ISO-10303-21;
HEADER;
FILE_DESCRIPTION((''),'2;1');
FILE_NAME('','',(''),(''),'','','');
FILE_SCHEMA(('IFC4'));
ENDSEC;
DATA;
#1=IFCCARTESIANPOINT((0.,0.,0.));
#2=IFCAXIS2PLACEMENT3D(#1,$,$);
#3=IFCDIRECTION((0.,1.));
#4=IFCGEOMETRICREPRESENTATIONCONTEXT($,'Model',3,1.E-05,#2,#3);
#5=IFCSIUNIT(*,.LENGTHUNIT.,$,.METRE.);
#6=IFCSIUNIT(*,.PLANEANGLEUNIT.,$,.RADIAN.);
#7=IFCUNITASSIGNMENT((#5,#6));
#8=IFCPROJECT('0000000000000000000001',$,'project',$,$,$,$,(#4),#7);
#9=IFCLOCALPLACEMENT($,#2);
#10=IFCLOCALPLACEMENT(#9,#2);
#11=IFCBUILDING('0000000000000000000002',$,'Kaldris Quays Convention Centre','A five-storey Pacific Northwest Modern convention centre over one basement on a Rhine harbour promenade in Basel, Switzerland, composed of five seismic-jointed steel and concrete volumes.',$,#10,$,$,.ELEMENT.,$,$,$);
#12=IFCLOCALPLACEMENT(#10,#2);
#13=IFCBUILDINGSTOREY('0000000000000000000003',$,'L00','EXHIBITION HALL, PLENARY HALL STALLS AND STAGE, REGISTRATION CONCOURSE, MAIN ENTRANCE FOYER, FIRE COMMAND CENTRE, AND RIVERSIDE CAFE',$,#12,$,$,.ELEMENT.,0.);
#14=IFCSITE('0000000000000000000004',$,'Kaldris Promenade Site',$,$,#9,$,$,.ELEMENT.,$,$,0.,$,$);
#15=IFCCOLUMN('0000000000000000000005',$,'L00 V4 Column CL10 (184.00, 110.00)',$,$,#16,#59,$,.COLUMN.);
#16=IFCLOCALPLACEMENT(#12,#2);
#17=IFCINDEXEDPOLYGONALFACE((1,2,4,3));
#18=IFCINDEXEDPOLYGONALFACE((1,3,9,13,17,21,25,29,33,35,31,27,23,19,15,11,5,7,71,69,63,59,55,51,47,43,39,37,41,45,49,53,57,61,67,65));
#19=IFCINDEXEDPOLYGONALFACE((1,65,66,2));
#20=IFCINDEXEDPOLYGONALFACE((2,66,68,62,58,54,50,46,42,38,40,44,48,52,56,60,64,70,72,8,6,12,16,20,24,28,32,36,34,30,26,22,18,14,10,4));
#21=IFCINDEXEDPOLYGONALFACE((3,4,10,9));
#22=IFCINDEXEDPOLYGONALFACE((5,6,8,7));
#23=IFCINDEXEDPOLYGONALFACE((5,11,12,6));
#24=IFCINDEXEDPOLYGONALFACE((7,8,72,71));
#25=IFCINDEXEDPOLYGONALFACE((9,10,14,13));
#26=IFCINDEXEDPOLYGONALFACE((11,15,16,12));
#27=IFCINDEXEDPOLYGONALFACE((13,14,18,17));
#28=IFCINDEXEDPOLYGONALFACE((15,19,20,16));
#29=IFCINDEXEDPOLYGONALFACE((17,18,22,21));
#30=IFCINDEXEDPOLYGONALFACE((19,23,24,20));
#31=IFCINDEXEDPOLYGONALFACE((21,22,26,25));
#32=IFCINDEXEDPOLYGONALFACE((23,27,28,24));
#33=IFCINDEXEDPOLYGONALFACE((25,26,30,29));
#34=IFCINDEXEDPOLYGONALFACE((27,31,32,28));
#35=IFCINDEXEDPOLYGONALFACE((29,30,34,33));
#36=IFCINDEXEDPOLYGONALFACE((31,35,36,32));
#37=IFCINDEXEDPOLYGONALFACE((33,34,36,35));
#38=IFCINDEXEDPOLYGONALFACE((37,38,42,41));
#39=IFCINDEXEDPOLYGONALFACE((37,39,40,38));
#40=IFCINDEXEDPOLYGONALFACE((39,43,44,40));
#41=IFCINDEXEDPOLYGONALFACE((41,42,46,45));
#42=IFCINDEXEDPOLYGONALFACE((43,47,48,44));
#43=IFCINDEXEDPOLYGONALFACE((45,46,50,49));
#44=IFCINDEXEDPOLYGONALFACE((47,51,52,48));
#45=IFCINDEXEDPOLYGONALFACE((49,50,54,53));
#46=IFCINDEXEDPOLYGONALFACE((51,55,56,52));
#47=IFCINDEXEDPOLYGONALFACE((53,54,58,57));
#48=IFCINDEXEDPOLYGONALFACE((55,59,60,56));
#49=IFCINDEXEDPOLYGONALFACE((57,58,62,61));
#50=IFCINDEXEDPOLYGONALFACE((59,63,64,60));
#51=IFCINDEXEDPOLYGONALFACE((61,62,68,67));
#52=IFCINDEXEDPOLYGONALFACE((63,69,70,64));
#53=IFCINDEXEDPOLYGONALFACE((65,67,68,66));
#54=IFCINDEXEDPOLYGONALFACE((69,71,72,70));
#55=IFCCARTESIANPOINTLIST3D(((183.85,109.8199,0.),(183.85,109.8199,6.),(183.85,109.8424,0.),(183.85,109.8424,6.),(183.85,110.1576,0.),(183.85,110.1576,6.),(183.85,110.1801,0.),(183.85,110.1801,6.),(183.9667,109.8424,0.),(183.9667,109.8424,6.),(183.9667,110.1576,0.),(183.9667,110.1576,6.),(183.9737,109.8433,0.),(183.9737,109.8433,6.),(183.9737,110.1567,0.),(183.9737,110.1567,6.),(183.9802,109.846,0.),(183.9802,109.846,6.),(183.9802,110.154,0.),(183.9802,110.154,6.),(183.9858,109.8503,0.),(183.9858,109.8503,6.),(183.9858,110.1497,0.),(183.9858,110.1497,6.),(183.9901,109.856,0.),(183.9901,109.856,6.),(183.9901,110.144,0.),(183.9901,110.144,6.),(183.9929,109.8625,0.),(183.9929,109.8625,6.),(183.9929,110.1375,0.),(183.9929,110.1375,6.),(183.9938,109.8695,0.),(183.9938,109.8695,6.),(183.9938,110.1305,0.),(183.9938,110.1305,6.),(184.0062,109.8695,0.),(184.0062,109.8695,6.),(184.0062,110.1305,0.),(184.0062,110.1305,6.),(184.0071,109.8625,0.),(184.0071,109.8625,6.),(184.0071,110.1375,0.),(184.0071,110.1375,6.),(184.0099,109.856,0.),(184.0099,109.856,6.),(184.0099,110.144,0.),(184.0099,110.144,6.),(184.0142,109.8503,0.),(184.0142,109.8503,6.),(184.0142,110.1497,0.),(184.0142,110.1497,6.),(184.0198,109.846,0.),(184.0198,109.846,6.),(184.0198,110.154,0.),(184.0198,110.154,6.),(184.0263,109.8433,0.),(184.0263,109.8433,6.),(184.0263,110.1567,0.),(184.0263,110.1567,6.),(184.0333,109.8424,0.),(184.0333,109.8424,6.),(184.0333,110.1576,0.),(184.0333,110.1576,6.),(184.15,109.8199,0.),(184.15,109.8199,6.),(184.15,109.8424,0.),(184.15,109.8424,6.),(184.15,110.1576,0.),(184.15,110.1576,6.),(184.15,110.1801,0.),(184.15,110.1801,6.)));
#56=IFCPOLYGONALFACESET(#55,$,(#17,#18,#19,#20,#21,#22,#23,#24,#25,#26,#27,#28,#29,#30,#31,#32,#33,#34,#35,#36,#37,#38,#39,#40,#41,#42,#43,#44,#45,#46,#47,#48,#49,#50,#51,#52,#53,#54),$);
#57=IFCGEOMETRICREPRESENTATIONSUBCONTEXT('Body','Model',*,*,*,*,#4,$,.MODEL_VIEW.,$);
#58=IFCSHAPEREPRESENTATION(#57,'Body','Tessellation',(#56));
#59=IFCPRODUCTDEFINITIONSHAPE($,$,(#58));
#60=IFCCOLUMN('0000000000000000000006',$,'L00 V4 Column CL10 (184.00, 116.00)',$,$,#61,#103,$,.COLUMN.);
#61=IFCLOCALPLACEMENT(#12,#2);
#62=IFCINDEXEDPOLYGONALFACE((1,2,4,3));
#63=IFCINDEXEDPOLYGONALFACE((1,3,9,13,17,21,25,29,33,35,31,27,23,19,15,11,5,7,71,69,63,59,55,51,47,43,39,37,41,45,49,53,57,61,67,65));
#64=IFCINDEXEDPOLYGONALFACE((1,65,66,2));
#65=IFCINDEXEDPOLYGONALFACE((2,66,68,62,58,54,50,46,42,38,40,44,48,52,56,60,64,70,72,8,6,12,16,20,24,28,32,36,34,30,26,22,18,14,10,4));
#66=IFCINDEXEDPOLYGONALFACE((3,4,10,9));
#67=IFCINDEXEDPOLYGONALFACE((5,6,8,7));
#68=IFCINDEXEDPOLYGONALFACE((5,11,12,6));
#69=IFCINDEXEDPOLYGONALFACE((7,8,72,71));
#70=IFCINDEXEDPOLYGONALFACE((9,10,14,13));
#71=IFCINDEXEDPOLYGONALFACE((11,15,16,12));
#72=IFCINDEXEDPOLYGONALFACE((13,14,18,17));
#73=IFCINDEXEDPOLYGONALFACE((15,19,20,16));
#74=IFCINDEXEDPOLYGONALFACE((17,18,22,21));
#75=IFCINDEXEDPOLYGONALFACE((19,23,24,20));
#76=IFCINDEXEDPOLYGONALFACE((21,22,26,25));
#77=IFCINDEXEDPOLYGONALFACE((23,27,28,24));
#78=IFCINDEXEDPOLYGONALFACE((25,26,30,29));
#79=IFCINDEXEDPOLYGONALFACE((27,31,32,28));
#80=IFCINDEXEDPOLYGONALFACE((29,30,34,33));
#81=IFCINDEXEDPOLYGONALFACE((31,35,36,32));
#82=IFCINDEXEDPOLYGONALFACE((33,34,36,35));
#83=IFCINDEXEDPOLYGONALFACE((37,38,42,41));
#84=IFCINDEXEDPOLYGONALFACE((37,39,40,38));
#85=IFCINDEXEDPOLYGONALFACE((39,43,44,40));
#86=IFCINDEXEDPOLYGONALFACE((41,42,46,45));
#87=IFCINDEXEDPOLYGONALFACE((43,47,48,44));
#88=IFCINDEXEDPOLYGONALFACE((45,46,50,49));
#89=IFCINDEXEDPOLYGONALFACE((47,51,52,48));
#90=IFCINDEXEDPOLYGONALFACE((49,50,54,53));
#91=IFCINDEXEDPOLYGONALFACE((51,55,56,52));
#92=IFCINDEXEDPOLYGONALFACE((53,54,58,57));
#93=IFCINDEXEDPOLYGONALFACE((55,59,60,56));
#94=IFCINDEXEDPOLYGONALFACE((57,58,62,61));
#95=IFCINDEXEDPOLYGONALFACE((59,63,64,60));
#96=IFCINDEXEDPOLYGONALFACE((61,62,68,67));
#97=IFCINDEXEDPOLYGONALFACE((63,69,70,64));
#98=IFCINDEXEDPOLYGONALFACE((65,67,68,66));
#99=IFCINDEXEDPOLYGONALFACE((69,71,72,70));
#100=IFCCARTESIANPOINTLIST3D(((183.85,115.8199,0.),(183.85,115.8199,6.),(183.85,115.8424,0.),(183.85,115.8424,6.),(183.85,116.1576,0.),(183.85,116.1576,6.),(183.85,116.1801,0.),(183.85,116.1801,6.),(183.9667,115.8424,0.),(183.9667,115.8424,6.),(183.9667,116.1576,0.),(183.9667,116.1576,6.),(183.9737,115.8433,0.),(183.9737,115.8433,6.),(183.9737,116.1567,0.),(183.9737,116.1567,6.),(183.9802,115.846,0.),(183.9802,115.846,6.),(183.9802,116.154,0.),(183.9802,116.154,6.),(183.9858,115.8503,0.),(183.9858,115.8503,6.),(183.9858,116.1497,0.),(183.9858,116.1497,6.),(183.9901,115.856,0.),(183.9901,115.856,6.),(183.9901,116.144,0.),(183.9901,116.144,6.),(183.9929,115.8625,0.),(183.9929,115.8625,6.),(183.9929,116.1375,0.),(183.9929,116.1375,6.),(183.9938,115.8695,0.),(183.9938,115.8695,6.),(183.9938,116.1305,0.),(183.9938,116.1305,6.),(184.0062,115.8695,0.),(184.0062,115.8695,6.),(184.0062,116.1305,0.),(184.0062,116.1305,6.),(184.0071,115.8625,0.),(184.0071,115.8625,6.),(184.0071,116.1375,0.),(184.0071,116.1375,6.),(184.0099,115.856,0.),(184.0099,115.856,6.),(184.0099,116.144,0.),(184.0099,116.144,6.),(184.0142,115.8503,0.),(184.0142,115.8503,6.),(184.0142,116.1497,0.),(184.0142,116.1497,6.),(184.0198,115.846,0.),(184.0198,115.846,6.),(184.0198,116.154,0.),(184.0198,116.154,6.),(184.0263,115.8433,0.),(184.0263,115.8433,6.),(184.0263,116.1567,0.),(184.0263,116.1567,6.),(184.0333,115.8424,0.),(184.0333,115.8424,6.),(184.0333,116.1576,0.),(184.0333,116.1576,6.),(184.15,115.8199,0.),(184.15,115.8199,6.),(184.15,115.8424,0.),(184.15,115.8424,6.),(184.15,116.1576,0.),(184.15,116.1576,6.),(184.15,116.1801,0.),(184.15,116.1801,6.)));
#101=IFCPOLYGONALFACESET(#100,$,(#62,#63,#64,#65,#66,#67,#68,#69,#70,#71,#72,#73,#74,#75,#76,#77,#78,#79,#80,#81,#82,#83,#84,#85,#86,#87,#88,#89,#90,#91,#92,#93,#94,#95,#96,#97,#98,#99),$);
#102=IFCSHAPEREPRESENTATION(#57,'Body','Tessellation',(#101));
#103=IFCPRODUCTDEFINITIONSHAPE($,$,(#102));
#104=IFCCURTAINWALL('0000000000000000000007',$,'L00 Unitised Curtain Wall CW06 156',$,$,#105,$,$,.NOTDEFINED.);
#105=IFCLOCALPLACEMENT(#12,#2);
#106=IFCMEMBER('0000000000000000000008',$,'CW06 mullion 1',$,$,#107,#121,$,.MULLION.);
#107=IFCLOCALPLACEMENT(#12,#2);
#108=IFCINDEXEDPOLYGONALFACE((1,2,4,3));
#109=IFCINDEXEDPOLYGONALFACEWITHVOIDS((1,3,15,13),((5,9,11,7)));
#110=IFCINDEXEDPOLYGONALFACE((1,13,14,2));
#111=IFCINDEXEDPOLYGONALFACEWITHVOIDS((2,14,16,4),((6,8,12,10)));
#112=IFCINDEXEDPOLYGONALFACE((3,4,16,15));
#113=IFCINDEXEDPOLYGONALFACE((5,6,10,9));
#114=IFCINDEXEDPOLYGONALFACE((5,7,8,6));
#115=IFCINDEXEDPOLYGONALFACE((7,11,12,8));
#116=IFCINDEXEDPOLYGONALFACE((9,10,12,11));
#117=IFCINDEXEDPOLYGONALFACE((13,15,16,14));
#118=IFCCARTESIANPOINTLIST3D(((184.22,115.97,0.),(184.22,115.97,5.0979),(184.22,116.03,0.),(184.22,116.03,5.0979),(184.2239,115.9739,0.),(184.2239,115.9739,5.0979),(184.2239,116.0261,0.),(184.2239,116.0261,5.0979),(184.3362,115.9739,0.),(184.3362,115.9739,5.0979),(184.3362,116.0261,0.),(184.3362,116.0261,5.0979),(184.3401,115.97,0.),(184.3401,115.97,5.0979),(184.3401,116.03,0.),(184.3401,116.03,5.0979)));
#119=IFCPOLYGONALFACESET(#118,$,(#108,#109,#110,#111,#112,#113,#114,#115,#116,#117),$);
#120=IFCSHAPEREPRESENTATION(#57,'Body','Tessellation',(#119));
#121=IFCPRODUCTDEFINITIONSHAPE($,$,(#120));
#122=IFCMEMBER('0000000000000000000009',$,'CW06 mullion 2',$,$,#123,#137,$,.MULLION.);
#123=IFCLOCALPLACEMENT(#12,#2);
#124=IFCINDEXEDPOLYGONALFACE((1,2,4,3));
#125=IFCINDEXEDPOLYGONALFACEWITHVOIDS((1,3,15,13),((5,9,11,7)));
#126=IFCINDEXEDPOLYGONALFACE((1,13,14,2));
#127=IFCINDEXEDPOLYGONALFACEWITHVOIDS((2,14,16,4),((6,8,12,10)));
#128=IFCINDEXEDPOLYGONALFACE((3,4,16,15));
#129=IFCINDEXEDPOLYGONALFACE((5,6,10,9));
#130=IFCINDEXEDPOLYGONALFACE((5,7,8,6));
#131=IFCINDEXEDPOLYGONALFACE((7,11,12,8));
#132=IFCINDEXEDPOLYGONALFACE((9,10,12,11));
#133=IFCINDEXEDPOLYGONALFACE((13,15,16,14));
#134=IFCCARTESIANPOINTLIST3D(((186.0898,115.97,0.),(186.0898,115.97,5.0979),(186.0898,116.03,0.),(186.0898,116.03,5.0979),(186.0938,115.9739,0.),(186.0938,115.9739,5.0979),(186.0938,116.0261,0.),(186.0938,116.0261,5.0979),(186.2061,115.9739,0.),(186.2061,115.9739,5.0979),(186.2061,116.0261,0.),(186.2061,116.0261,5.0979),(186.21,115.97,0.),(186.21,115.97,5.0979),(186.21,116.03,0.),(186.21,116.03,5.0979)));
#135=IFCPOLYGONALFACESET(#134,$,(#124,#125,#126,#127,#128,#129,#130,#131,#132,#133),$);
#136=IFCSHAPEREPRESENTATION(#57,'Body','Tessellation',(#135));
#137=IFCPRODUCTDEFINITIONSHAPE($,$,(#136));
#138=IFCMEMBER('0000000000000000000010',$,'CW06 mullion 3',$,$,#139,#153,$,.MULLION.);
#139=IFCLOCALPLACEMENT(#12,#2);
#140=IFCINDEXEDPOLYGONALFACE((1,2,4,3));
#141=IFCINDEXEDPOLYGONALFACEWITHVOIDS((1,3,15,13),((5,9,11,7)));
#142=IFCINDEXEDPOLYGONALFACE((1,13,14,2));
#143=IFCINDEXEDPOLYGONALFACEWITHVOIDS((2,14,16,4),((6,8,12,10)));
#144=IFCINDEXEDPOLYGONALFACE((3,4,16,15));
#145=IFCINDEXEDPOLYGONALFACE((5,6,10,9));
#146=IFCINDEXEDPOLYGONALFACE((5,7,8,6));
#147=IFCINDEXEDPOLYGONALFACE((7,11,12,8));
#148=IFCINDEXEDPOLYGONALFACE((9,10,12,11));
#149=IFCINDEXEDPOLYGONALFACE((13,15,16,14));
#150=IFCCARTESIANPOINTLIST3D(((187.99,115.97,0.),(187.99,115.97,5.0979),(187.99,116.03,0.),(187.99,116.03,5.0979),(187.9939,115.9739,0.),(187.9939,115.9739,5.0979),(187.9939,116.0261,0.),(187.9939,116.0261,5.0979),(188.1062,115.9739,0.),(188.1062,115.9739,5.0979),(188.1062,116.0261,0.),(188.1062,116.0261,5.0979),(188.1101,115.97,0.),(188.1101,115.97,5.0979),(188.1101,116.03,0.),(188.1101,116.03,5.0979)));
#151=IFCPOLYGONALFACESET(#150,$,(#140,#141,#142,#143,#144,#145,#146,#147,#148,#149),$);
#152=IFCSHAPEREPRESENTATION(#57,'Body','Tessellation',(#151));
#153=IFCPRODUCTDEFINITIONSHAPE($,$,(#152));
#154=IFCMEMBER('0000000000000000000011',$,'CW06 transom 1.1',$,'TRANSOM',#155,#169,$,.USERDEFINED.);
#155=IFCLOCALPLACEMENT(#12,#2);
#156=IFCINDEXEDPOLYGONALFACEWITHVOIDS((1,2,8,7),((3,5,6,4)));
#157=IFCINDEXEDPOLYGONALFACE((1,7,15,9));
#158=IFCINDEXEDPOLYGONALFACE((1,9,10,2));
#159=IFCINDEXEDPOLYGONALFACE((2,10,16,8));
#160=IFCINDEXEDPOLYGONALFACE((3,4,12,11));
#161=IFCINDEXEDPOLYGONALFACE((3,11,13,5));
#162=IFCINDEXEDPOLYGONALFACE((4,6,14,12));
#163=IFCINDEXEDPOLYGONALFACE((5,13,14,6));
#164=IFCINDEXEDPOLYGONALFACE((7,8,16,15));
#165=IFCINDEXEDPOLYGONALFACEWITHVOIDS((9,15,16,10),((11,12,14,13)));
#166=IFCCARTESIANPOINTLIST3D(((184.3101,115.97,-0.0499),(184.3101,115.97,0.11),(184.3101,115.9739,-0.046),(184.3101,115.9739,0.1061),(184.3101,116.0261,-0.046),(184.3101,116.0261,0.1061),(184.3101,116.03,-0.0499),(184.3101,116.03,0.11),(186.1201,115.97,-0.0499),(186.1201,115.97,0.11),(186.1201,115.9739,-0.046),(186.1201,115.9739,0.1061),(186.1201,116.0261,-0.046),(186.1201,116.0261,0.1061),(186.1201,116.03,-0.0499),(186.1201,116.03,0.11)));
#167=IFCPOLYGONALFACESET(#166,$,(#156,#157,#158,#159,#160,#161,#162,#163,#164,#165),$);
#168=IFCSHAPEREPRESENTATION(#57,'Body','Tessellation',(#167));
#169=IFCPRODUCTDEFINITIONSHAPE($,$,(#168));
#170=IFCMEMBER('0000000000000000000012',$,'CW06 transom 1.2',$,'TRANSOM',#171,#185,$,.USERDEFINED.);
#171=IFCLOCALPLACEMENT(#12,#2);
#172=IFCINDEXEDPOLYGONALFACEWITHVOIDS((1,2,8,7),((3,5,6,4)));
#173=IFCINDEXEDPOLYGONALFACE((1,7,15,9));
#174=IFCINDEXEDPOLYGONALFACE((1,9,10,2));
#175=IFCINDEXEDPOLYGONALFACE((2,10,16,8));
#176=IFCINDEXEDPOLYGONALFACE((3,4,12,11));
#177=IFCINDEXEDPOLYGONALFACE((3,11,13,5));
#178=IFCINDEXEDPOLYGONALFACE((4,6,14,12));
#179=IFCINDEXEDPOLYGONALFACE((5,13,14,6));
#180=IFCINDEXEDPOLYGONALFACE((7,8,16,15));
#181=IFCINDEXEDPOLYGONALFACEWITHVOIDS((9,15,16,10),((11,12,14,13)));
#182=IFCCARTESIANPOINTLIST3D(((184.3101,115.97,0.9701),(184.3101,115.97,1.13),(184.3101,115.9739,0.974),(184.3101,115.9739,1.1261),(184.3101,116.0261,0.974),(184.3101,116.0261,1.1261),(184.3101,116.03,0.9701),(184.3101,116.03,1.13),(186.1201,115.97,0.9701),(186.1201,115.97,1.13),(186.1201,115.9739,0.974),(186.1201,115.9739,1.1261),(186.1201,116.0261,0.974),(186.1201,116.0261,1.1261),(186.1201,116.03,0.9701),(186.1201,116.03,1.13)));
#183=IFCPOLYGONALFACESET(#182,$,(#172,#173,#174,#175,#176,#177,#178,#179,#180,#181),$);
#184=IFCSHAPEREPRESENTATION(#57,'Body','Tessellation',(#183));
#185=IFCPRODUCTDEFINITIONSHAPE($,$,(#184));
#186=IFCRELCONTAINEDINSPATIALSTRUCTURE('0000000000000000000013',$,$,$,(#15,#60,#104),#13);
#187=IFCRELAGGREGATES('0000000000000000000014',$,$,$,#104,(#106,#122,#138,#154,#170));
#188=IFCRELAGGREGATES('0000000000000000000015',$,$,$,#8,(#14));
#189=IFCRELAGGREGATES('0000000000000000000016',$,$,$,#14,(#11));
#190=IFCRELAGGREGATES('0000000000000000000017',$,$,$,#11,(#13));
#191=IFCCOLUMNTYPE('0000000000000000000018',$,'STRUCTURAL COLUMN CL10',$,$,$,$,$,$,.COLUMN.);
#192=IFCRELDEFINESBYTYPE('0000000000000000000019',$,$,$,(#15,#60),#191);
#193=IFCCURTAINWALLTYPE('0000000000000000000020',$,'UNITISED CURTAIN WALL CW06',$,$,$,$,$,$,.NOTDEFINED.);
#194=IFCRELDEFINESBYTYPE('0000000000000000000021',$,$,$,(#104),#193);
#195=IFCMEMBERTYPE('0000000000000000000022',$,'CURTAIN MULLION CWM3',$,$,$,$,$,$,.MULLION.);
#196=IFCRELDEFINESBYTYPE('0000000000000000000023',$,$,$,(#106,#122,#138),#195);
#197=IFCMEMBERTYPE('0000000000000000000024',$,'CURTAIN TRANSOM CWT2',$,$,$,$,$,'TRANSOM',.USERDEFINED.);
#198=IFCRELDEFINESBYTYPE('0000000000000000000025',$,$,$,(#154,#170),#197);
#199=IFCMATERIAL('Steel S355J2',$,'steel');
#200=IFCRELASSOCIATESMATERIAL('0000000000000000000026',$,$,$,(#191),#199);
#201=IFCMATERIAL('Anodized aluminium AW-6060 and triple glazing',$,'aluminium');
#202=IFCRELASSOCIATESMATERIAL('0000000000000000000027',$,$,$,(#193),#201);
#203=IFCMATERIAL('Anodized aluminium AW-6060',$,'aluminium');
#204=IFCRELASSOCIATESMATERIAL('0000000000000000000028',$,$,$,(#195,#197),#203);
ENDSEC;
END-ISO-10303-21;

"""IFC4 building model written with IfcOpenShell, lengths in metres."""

from ifc_helpers import new_model, si_unit, direction, frame, origin, origin_2d, place, context, subcontext, project, spatial, hollow_rectangle, i_section, extrude, material, material_profile, profile_set, type_object, element, aggregate, save


model = new_model("IFC4")

# Units and contexts
model_context = context("Model", 3, precision=1e-05, world=origin(), true_north=direction((0.0, 1.0)))
body_context = subcontext(model_context, "Body", "Model", "MODEL_VIEW")
ifc_project = project(units=[si_unit("LENGTHUNIT", "METRE"), si_unit("PLANEANGLEUNIT", "RADIAN")], contexts=[model_context])

# Site, building, storey
site_placement = place(None, origin())
site = spatial("IfcSite", under=ifc_project, at=site_placement, Name="Kaldris Promenade Site", CompositionType="ELEMENT", RefElevation=0.0)
building_placement = place(site_placement, origin())
building = spatial("IfcBuilding", under=site, at=building_placement, Name="Kaldris Quays Convention Centre", Description="A five-storey Pacific Northwest Modern convention centre over one basement on a Rhine harbour promenade in Basel, Switzerland, composed of five seismic-jointed steel and concrete volumes.", CompositionType="ELEMENT")
storey_placement = place(building_placement, origin())
storey = spatial("IfcBuildingStorey", under=building, at=storey_placement, Name="L00", Description="EXHIBITION HALL, PLENARY HALL STALLS AND STAGE, REGISTRATION CONCOURSE, MAIN ENTRANCE FOYER, FIRE COMMAND CENTRE, AND RIVERSIDE CAFE", CompositionType="ELEMENT", Elevation=0.0)

# Columns
ifc_material_1 = material(Name="Steel S355J2", Category="steel")
ifc_material_profile_1 = material_profile(ifc_material_1, i_section(OverallWidth=0.3, OverallDepth=0.3601, WebThickness=0.0125, FlangeThickness=0.0225, FilletRadius=0.0271, at=origin_2d()), Name="HEB 360")
ifc_profile_set_1 = profile_set([ifc_material_profile_1], Name="Steel S355J2")
column_type = type_object("IfcColumnType", Name="STRUCTURAL COLUMN CL10", PredefinedType="COLUMN", material=ifc_profile_set_1)
for number, where, z_axis, x_axis, name in (
    (1, (184.0, 110.0, 0.0), (0.0, 0.0, 1.0), (1.0, 0.0, 0.0), "L00 V4 Column CL10 (184.00, 110.00)"),
    (2, (184.0, 116.0, 0.0), (0.0, 0.0, 1.0), (1.0, 0.0, 0.0), "L00 V4 Column CL10 (184.00, 116.00)"),
):
    element("IfcColumn", number, at=place(storey_placement, frame(where, z_axis=z_axis, x_axis=x_axis)), inside=storey, type_object=column_type, Name=name, PredefinedType="COLUMN", context=body_context, shape_type="SweptSolid", body=[
        extrude(i_section(OverallWidth=0.3, OverallDepth=0.3601, WebThickness=0.0125, FlangeThickness=0.0225, FilletRadius=0.0271, at=origin_2d()), origin(), (0.0, 0.0, 1.0), 6.0),
    ])

# Curtain wall, members
ifc_material_2 = material(Name="Anodized aluminium AW-6060 and triple glazing", Category="aluminium")
curtain_wall_type = type_object("IfcCurtainWallType", Name="UNITISED CURTAIN WALL CW06", PredefinedType="NOTDEFINED", material=ifc_material_2)
curtain_wall_1_placement = place(storey_placement, origin())
curtain_wall_1 = element("IfcCurtainWall", 3, at=curtain_wall_1_placement, inside=storey, type_object=curtain_wall_type, Name="L00 Unitised Curtain Wall CW06 156", PredefinedType="NOTDEFINED")
ifc_material_3 = material(Name="Anodized aluminium AW-6060", Category="aluminium")
ifc_material_profile_2 = material_profile(ifc_material_3, hollow_rectangle(XDim=0.0601, YDim=0.1201, WallThickness=0.0039, at=origin_2d()), Name="RHS 120x60x4")
ifc_profile_set_2 = profile_set([ifc_material_profile_2], Name="Anodized aluminium AW-6060")
member_type_1 = type_object("IfcMemberType", Name="CURTAIN MULLION CWM3", PredefinedType="MULLION", material=ifc_profile_set_2)
member_1_placement = place(storey_placement, frame((184.28, 116.0, 0.0), z_axis=(0.0, 0.0, 1.0), x_axis=(0.0, 1.0, 0.0)))
member_1 = element("IfcMember", 4, at=member_1_placement, type_object=member_type_1, Name="CW06 mullion 1", PredefinedType="MULLION", context=body_context, shape_type="SweptSolid", body=[
    extrude(hollow_rectangle(XDim=0.0601, YDim=0.1201, WallThickness=0.0039, at=origin_2d()), origin(), (0.0, 0.0, 1.0), 5.0979),
])
member_2_placement = place(storey_placement, frame((186.1499, 116.0, 0.0), z_axis=(0.0, 0.0, 1.0), x_axis=(0.0, 1.0, 0.0)))
member_2 = element("IfcMember", 5, at=member_2_placement, type_object=member_type_1, Name="CW06 mullion 2", PredefinedType="MULLION", context=body_context, shape_type="SweptSolid", body=[
    extrude(hollow_rectangle(XDim=0.0601, YDim=0.1201, WallThickness=0.0039, at=origin_2d()), origin(), (0.0, 0.0, 1.0), 5.0979),
])
member_3_placement = place(storey_placement, frame((188.05, 116.0, 0.0), z_axis=(0.0, 0.0, 1.0), x_axis=(0.0, 1.0, 0.0)))
member_3 = element("IfcMember", 6, at=member_3_placement, type_object=member_type_1, Name="CW06 mullion 3", PredefinedType="MULLION", context=body_context, shape_type="SweptSolid", body=[
    extrude(hollow_rectangle(XDim=0.0601, YDim=0.1201, WallThickness=0.0039, at=origin_2d()), origin(), (0.0, 0.0, 1.0), 5.0979),
])
ifc_material_profile_3 = material_profile(ifc_material_3, hollow_rectangle(XDim=0.0601, YDim=0.1599, WallThickness=0.0039, at=origin_2d()), Name="RHS 160x60x4")
ifc_profile_set_3 = profile_set([ifc_material_profile_3], Name="Anodized aluminium AW-6060")
member_type_2 = type_object("IfcMemberType", Name="CURTAIN TRANSOM CWT2", ElementType="TRANSOM", PredefinedType="USERDEFINED", material=ifc_profile_set_3)
member_4_placement = place(storey_placement, frame((184.3101, 116.0, 0.03), z_axis=(1.0, 0.0, 0.0), x_axis=(0.0, 1.0, 0.0)))
member_4 = element("IfcMember", 7, at=member_4_placement, type_object=member_type_2, Name="CW06 transom 1.1", ObjectType="TRANSOM", PredefinedType="USERDEFINED", context=body_context, shape_type="SweptSolid", body=[
    extrude(hollow_rectangle(XDim=0.0601, YDim=0.1599, WallThickness=0.0039, at=origin_2d()), origin(), (0.0, 0.0, 1.0), 1.8101),
])
member_5_placement = place(storey_placement, frame((184.3101, 116.0, 1.05), z_axis=(1.0, 0.0, 0.0), x_axis=(0.0, 1.0, 0.0)))
member_5 = element("IfcMember", 8, at=member_5_placement, type_object=member_type_2, Name="CW06 transom 1.2", ObjectType="TRANSOM", PredefinedType="USERDEFINED", context=body_context, shape_type="SweptSolid", body=[
    extrude(hollow_rectangle(XDim=0.0601, YDim=0.1599, WallThickness=0.0039, at=origin_2d()), origin(), (0.0, 0.0, 1.0), 1.8101),
])

aggregate(curtain_wall_1, [member_1, member_2, member_3, member_4, member_5])

save(model, "model.ifc")
